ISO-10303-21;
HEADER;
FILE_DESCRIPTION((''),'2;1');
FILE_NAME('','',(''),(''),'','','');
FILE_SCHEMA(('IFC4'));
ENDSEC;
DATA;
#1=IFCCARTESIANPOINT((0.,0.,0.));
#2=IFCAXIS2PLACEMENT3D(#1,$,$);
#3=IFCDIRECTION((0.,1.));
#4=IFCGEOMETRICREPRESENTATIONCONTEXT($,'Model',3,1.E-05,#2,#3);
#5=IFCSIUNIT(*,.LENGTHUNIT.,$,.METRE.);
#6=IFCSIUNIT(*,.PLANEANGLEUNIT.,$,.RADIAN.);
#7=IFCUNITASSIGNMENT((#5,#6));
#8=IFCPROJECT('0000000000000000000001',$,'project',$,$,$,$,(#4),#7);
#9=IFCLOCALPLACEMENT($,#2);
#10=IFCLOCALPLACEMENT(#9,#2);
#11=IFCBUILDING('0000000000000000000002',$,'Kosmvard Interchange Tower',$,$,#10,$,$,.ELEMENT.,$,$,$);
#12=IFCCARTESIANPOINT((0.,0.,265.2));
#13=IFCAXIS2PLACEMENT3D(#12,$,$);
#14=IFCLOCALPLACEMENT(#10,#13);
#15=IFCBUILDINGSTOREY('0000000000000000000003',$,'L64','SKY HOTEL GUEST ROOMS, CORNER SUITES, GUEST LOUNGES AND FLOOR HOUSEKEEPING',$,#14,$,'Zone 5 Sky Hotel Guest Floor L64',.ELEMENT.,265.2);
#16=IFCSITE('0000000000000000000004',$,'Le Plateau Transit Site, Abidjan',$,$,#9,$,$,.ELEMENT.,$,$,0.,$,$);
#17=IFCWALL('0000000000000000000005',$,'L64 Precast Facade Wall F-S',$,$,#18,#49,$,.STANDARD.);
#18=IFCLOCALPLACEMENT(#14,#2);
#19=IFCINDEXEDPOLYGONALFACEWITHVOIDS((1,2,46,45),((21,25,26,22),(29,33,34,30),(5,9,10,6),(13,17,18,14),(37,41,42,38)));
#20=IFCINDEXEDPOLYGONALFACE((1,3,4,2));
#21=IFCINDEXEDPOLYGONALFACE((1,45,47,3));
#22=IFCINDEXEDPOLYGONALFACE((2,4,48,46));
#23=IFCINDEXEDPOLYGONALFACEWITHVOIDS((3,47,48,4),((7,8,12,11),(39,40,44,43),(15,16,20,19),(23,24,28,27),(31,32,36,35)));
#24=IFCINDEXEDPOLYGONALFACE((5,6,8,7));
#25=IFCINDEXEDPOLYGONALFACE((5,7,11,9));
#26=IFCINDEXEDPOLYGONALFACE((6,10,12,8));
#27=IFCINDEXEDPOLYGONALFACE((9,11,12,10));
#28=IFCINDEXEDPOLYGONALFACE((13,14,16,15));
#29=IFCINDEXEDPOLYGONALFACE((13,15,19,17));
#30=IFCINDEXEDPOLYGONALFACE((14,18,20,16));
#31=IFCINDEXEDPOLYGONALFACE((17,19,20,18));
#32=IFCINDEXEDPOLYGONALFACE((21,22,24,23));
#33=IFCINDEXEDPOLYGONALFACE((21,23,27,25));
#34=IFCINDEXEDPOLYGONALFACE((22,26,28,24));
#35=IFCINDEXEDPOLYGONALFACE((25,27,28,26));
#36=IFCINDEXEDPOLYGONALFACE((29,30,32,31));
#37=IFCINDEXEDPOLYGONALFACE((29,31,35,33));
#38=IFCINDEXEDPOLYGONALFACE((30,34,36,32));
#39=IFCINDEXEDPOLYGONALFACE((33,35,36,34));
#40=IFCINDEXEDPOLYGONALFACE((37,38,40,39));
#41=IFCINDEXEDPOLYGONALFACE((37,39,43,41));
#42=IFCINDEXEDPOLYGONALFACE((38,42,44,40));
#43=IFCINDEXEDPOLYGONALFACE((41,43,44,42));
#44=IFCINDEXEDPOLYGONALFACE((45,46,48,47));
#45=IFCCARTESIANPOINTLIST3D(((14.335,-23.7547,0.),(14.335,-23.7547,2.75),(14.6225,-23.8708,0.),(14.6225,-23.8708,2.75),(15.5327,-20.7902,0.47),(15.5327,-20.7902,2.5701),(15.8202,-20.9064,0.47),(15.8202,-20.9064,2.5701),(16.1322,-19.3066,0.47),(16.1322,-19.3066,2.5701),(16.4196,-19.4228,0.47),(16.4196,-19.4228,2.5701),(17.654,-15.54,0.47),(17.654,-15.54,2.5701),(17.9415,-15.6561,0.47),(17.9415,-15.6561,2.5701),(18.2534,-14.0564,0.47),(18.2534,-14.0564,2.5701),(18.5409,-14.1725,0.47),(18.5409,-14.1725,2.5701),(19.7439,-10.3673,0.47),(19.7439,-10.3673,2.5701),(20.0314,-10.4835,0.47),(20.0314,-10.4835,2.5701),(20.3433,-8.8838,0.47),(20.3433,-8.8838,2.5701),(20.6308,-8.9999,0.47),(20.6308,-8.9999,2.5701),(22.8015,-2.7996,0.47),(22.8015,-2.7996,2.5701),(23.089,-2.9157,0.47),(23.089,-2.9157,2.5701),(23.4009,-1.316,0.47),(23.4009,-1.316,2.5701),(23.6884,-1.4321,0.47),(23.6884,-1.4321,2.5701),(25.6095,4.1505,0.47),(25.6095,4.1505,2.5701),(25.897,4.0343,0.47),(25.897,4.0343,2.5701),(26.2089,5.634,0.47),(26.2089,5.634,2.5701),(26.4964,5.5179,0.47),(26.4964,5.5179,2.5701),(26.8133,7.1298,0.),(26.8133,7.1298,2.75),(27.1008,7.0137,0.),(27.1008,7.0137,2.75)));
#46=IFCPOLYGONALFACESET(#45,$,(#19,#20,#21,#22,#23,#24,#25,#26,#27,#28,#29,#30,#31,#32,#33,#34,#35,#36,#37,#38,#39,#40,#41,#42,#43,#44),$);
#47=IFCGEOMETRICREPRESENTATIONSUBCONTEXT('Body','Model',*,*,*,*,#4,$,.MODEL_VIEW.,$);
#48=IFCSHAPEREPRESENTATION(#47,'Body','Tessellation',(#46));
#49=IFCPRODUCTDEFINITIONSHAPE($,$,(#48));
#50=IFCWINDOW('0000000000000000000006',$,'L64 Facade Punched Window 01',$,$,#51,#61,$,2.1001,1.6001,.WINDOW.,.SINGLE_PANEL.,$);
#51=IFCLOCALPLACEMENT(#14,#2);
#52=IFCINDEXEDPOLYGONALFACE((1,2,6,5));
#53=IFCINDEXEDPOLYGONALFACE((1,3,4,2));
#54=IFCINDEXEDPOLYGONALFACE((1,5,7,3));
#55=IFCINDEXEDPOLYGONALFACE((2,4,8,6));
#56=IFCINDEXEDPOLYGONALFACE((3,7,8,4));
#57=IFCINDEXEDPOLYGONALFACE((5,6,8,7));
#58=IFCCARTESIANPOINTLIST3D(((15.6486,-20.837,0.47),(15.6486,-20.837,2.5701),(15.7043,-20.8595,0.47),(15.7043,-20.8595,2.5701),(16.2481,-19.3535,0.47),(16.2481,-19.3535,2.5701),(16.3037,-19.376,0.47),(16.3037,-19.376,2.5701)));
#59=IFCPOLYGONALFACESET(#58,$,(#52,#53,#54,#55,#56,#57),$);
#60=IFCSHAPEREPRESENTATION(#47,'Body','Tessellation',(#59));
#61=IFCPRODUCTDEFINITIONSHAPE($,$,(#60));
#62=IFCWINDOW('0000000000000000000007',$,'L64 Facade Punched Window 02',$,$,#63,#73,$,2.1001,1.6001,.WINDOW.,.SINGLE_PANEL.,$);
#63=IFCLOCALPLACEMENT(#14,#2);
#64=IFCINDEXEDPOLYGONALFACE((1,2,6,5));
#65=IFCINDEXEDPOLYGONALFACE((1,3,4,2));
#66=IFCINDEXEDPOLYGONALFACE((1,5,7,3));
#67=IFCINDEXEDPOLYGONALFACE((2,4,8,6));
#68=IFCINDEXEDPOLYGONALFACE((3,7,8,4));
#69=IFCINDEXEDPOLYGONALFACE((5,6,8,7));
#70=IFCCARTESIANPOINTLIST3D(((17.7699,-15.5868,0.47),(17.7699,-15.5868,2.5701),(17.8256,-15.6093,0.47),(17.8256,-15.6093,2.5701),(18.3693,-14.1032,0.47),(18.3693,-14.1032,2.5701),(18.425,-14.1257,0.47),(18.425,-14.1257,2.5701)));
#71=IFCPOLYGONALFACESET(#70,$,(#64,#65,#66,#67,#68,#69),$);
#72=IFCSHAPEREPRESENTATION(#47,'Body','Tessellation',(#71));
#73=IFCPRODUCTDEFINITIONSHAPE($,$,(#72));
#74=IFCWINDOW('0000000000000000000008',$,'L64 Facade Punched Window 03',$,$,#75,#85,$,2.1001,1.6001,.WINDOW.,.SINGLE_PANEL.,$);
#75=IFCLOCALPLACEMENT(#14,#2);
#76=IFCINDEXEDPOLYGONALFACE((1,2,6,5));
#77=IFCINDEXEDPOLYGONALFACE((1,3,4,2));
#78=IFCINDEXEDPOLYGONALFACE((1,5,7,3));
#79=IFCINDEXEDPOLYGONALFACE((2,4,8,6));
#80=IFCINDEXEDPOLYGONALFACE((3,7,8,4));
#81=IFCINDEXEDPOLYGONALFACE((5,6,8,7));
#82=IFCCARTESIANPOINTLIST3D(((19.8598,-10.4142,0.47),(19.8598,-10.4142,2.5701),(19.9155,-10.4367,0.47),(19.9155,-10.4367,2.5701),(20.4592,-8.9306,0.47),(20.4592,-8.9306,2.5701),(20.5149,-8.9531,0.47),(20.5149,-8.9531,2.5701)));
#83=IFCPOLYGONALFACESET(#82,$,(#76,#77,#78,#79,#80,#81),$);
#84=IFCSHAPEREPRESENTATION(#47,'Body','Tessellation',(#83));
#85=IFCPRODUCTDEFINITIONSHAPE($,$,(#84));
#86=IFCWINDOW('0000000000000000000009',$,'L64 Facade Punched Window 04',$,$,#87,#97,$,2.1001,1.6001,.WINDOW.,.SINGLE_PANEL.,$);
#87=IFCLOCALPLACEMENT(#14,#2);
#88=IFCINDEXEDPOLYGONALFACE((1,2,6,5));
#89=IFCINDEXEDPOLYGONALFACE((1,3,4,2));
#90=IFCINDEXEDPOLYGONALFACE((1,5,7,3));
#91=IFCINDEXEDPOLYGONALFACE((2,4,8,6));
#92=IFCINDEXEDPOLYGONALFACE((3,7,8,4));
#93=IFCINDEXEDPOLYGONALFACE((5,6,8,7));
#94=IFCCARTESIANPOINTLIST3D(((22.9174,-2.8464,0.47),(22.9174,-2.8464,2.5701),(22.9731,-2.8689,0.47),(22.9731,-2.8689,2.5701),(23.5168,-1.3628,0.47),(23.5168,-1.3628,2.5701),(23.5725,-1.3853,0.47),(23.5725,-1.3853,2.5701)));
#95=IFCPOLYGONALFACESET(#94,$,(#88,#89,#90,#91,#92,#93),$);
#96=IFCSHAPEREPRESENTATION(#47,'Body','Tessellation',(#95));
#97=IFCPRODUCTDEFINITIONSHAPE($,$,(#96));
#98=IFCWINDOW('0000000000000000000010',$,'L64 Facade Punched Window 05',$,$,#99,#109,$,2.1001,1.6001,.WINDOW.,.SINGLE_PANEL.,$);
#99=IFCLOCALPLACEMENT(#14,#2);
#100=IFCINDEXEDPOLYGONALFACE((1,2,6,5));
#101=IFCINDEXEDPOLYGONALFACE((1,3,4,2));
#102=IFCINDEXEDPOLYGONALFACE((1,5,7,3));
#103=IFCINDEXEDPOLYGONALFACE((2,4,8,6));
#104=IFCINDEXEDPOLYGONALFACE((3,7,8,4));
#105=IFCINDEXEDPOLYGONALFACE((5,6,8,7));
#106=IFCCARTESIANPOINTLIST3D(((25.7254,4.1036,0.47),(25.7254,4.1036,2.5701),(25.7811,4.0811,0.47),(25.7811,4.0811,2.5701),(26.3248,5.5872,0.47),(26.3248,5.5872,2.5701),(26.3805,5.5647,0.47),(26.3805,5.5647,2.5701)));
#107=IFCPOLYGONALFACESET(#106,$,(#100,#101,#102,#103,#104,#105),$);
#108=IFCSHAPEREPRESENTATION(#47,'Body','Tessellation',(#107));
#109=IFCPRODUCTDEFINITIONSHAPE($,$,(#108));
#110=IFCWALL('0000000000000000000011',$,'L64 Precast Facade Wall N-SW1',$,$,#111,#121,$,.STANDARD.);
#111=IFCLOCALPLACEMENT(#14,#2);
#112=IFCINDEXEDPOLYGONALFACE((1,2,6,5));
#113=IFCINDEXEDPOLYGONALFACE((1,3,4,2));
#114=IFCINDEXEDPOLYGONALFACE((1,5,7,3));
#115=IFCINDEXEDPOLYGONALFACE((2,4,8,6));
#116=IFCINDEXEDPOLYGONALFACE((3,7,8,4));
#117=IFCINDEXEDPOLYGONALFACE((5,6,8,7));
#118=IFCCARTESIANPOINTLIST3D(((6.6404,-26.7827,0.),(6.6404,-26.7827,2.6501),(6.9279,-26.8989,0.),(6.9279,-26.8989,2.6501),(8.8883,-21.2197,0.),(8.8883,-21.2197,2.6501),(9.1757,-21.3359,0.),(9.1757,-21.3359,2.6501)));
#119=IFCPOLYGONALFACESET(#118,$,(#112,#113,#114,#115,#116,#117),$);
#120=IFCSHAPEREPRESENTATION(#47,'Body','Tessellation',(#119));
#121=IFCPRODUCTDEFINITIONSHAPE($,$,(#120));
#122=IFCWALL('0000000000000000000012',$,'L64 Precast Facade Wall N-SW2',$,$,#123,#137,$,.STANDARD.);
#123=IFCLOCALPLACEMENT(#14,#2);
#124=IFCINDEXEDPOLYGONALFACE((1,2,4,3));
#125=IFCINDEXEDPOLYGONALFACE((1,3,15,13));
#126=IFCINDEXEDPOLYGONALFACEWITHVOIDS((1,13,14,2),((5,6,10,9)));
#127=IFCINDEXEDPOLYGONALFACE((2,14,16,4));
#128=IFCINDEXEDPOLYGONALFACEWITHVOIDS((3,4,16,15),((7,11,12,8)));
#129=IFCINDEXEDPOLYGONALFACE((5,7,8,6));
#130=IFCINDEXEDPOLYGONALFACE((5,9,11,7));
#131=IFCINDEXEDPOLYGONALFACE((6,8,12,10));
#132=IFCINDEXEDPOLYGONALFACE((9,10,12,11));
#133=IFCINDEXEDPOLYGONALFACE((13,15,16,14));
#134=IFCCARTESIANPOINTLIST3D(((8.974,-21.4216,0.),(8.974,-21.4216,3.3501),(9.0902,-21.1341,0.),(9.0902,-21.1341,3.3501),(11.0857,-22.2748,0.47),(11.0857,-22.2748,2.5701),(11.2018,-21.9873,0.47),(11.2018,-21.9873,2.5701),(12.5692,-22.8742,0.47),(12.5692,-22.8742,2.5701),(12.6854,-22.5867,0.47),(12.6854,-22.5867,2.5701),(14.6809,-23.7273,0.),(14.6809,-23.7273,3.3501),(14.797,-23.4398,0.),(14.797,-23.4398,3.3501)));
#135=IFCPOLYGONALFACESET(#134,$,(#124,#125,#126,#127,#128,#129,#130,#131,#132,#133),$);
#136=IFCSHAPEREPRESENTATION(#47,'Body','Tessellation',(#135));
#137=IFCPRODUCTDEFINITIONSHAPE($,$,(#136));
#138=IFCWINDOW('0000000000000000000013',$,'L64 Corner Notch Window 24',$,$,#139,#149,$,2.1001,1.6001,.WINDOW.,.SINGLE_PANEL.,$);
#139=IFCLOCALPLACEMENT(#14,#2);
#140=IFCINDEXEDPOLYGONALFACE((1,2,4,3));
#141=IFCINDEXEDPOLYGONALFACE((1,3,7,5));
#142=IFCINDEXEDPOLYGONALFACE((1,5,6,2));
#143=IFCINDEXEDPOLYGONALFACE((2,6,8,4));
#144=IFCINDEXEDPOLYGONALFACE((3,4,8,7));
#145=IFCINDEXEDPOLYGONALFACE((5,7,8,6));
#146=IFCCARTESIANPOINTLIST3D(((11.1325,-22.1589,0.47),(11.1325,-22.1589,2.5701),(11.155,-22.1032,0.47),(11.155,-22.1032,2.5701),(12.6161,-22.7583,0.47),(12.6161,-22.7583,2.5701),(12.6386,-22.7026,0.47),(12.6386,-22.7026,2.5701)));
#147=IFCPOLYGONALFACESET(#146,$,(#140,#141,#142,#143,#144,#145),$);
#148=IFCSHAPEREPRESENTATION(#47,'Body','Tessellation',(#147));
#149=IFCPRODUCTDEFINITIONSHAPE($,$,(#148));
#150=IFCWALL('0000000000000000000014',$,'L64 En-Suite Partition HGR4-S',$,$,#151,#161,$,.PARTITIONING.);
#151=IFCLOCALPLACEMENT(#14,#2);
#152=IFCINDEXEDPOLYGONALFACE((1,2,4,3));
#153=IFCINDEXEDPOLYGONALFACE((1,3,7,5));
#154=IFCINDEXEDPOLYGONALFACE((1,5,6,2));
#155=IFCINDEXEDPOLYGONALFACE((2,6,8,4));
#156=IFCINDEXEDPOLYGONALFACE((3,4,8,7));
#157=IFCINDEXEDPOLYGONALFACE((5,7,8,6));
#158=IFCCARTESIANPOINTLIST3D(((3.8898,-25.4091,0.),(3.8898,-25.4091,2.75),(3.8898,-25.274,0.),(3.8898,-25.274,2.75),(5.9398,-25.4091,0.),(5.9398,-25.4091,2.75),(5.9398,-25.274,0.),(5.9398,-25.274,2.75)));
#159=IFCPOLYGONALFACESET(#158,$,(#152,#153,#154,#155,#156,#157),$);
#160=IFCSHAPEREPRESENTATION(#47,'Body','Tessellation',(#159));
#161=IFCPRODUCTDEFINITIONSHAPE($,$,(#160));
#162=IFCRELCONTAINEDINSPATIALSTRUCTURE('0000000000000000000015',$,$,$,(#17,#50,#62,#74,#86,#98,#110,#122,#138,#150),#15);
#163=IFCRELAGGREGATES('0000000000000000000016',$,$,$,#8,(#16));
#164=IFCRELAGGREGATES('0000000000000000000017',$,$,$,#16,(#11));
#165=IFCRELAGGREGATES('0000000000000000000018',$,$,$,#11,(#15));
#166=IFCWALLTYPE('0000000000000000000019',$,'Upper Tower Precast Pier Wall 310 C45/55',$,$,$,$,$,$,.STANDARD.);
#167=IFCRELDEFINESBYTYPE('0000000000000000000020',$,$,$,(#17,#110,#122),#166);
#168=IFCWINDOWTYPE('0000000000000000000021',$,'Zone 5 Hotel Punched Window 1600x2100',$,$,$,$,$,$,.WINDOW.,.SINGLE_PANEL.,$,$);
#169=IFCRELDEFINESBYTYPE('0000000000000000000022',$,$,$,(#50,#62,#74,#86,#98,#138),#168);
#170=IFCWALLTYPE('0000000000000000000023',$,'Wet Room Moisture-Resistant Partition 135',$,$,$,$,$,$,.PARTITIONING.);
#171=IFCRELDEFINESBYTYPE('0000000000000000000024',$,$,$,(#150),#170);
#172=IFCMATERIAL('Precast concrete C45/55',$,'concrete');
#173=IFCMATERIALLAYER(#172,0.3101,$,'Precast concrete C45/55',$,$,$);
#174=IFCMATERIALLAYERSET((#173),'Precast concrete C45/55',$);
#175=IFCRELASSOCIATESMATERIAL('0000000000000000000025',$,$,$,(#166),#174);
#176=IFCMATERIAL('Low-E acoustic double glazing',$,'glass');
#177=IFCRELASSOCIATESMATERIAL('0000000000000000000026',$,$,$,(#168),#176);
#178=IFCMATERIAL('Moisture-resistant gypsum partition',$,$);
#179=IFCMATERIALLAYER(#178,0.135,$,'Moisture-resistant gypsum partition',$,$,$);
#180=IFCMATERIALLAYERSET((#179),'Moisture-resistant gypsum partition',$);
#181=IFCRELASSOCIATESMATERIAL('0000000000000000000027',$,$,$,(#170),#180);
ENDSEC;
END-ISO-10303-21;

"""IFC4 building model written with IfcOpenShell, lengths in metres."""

from ifc_helpers import new_model, si_unit, direction, frame, frame_2d, origin, place, context, subcontext, project, spatial, rectangle, extrude, source, transform, mapped, material, layer, layer_set, type_object, element, fill, save


model = new_model("IFC4")

# Units and contexts
model_context = context("Model", 3, precision=1e-05, world=origin(), true_north=direction((0.0, 1.0)))
body_context = subcontext(model_context, "Body", "Model", "MODEL_VIEW")
ifc_project = project(units=[si_unit("LENGTHUNIT", "METRE"), si_unit("PLANEANGLEUNIT", "RADIAN")], contexts=[model_context])

# Site, building, storey
site_placement = place(None, origin())
site = spatial("IfcSite", under=ifc_project, at=site_placement, Name="Le Plateau Transit Site, Abidjan", CompositionType="ELEMENT", RefElevation=0.0)
building_placement = place(site_placement, origin())
building = spatial("IfcBuilding", under=site, at=building_placement, Name="Kosmvard Interchange Tower", CompositionType="ELEMENT")
storey_placement = place(building_placement, frame((0.0, 0.0, 265.2)))
storey = spatial("IfcBuildingStorey", under=building, at=storey_placement, Name="L64", Description="SKY HOTEL GUEST ROOMS, CORNER SUITES, GUEST LOUNGES AND FLOOR HOUSEKEEPING", LongName="Zone 5 Sky Hotel Guest Floor L64", CompositionType="ELEMENT", Elevation=265.2)

# Shared definitions
ifc_material_1 = material(Name="Precast concrete C45/55", Category="concrete")

# Wall, openings, windows
ifc_layer_1 = layer(ifc_material_1, 0.3101, Name="Precast concrete C45/55")
ifc_layer_set_1 = layer_set([ifc_layer_1], Name="Precast concrete C45/55")
wall_type_1 = type_object("IfcWallType", Name="Upper Tower Precast Pier Wall 310 C45/55", PredefinedType="STANDARD", material=ifc_layer_set_1)
wall_1_placement = place(storey_placement, frame((14.4788, -23.8127, 0.0), z_axis=(0.0, 0.0, 1.0), x_axis=(0.37461, 0.927183, 0.0)))
wall_1 = element("IfcWall", 1, at=wall_1_placement, inside=storey, type_object=wall_type_1, Name="L64 Precast Facade Wall F-S", PredefinedType="STANDARD", context=body_context, shape_type="SweptSolid", body=[
    extrude(rectangle(XDim=33.3101, YDim=0.3101, at=frame_2d((16.655, 0.0))), origin(), (0.0, 0.0, 1.0), 2.75),
])
opening_1_placement = place(wall_1_placement, frame((3.1973, 0.0, 0.47)))
opening_1 = element("IfcOpeningElement", 2, at=opening_1_placement, cuts=wall_1, PredefinedType="OPENING", context=body_context, shape_type="SweptSolid", body=[
    extrude(rectangle(XDim=1.6001, YDim=2.1001, at=frame_2d((0.8, 1.05))), frame((0.0, 0.165, 0.0), z_axis=(0.0, -1.0, 0.0), x_axis=(1.0, 0.0, 0.0)), (0.0, 0.0, 1.0), 0.3301),
])
opening_2_placement = place(wall_1_placement, frame((8.8599, 0.0, 0.47)))
opening_2 = element("IfcOpeningElement", 3, at=opening_2_placement, cuts=wall_1, PredefinedType="OPENING", context=body_context, shape_type="SweptSolid", body=[
    extrude(rectangle(XDim=1.6001, YDim=2.1001, at=frame_2d((0.8, 1.05))), frame((0.0, 0.165, 0.0), z_axis=(0.0, -1.0, 0.0), x_axis=(1.0, 0.0, 0.0)), (0.0, 0.0, 1.0), 0.3301),
])
opening_3_placement = place(wall_1_placement, frame((14.4387, 0.0, 0.47)))
opening_3 = element("IfcOpeningElement", 4, at=opening_3_placement, cuts=wall_1, PredefinedType="OPENING", context=body_context, shape_type="SweptSolid", body=[
    extrude(rectangle(XDim=1.6001, YDim=2.1001, at=frame_2d((0.8, 1.05))), frame((0.0, 0.165, 0.0), z_axis=(0.0, -1.0, 0.0), x_axis=(1.0, 0.0, 0.0)), (0.0, 0.0, 1.0), 0.3301),
])
opening_4_placement = place(wall_1_placement, frame((22.6008, 0.0, 0.47)))
opening_4 = element("IfcOpeningElement", 5, at=opening_4_placement, cuts=wall_1, PredefinedType="OPENING", context=body_context, shape_type="SweptSolid", body=[
    extrude(rectangle(XDim=1.6001, YDim=2.1001, at=frame_2d((0.8, 1.05))), frame((0.0, 0.165, 0.0), z_axis=(0.0, -1.0, 0.0), x_axis=(1.0, 0.0, 0.0)), (0.0, 0.0, 1.0), 0.3301),
])
opening_5_placement = place(wall_1_placement, frame((30.0967, 0.0, 0.47)))
opening_5 = element("IfcOpeningElement", 6, at=opening_5_placement, cuts=wall_1, PredefinedType="OPENING", context=body_context, shape_type="SweptSolid", body=[
    extrude(rectangle(XDim=1.6001, YDim=2.1001, at=frame_2d((0.8, 1.05))), frame((0.0, 0.165, 0.0), z_axis=(0.0, -1.0, 0.0), x_axis=(1.0, 0.0, 0.0)), (0.0, 0.0, 1.0), 0.3301),
])
ifc_material_2 = material(Name="Low-E acoustic double glazing", Category="glass")
window_type = type_object("IfcWindowType", Name="Zone 5 Hotel Punched Window 1600x2100", PartitioningType="SINGLE_PANEL", PredefinedType="WINDOW", material=ifc_material_2)
shared_shape_1 = source(origin(), body_context, "Body", "SweptSolid", [
    extrude(rectangle(XDim=1.6001, YDim=2.1001, at=frame_2d((0.8, 1.05))), frame((0.0, 0.03, 0.0), z_axis=(0.0, -1.0, 0.0), x_axis=(1.0, 0.0, 0.0)), (0.0, 0.0, 1.0), 0.0601),
])
window_1_placement = place(opening_1_placement, origin())
window_1 = element("IfcWindow", 7, at=window_1_placement, inside=storey, type_object=window_type, Name="L64 Facade Punched Window 01", OverallHeight=2.1001, OverallWidth=1.6001, PartitioningType="SINGLE_PANEL", PredefinedType="WINDOW", context=body_context, shape_type="MappedRepresentation", body=[
    mapped(shared_shape_1, transform((0.0, 0.0, 0.0), scale=1.0)),
])
fill(opening_1, window_1)
window_2_placement = place(opening_2_placement, origin())
window_2 = element("IfcWindow", 8, at=window_2_placement, inside=storey, type_object=window_type, Name="L64 Facade Punched Window 02", OverallHeight=2.1001, OverallWidth=1.6001, PartitioningType="SINGLE_PANEL", PredefinedType="WINDOW", context=body_context, shape_type="MappedRepresentation", body=[
    mapped(shared_shape_1, transform((0.0, 0.0, 0.0), scale=1.0)),
])
fill(opening_2, window_2)
window_3_placement = place(opening_3_placement, origin())
window_3 = element("IfcWindow", 9, at=window_3_placement, inside=storey, type_object=window_type, Name="L64 Facade Punched Window 03", OverallHeight=2.1001, OverallWidth=1.6001, PartitioningType="SINGLE_PANEL", PredefinedType="WINDOW", context=body_context, shape_type="MappedRepresentation", body=[
    mapped(shared_shape_1, transform((0.0, 0.0, 0.0), scale=1.0)),
])
fill(opening_3, window_3)
window_4_placement = place(opening_4_placement, origin())
window_4 = element("IfcWindow", 10, at=window_4_placement, inside=storey, type_object=window_type, Name="L64 Facade Punched Window 04", OverallHeight=2.1001, OverallWidth=1.6001, PartitioningType="SINGLE_PANEL", PredefinedType="WINDOW", context=body_context, shape_type="MappedRepresentation", body=[
    mapped(shared_shape_1, transform((0.0, 0.0, 0.0), scale=1.0)),
])
fill(opening_4, window_4)
window_5_placement = place(opening_5_placement, origin())
window_5 = element("IfcWindow", 11, at=window_5_placement, inside=storey, type_object=window_type, Name="L64 Facade Punched Window 05", OverallHeight=2.1001, OverallWidth=1.6001, PartitioningType="SINGLE_PANEL", PredefinedType="WINDOW", context=body_context, shape_type="MappedRepresentation", body=[
    mapped(shared_shape_1, transform((0.0, 0.0, 0.0), scale=1.0)),
])
fill(opening_5, window_5)

# Wall
wall_2_placement = place(storey_placement, frame((6.7842, -26.8408, 0.0), z_axis=(0.0, 0.0, 1.0), x_axis=(0.374637, 0.927172, 0.0)))
element("IfcWall", 12, at=wall_2_placement, inside=storey, type_object=wall_type_1, Name="L64 Precast Facade Wall N-SW1", PredefinedType="STANDARD", context=body_context, shape_type="SweptSolid", body=[
    extrude(rectangle(XDim=6.0, YDim=0.3101, at=frame_2d((3.0, 0.0))), origin(), (0.0, 0.0, 1.0), 2.6501),
])

# Wall, opening, window
wall_3_placement = place(storey_placement, frame((9.032, -21.2778, 0.0), z_axis=(0.0, 0.0, 1.0), x_axis=(0.927185, -0.374603, 0.0)))
wall_3 = element("IfcWall", 13, at=wall_3_placement, inside=storey, type_object=wall_type_1, Name="L64 Precast Facade Wall N-SW2", PredefinedType="STANDARD", context=body_context, shape_type="SweptSolid", body=[
    extrude(rectangle(XDim=6.155, YDim=0.3101, at=frame_2d((3.0776, 0.0))), origin(), (0.0, 0.0, 1.0), 3.3501),
])
opening_6_placement = place(wall_3_placement, frame((2.2776, 0.0, 0.47)))
opening_6 = element("IfcOpeningElement", 14, at=opening_6_placement, cuts=wall_3, PredefinedType="OPENING", context=body_context, shape_type="SweptSolid", body=[
    extrude(rectangle(XDim=1.6001, YDim=2.1001, at=frame_2d((0.8, 1.05))), frame((0.0, 0.165, 0.0), z_axis=(0.0, -1.0, 0.0), x_axis=(1.0, 0.0, 0.0)), (0.0, 0.0, 1.0), 0.3301),
])
window_6_placement = place(opening_6_placement, origin())
window_6 = element("IfcWindow", 15, at=window_6_placement, inside=storey, type_object=window_type, Name="L64 Corner Notch Window 24", OverallHeight=2.1001, OverallWidth=1.6001, PartitioningType="SINGLE_PANEL", PredefinedType="WINDOW", context=body_context, shape_type="MappedRepresentation", body=[
    mapped(shared_shape_1, transform((0.0, 0.0, 0.0), scale=1.0)),
])
fill(opening_6, window_6)

# Wall
ifc_material_3 = material(Name="Moisture-resistant gypsum partition")
ifc_layer_2 = layer(ifc_material_3, 0.135, Name="Moisture-resistant gypsum partition")
ifc_layer_set_2 = layer_set([ifc_layer_2], Name="Moisture-resistant gypsum partition")
wall_type_2 = type_object("IfcWallType", Name="Wet Room Moisture-Resistant Partition 135", PredefinedType="PARTITIONING", material=ifc_layer_set_2)
wall_4_placement = place(storey_placement, frame((3.8899, -25.3416, 0.0), z_axis=(0.0, 0.0, 1.0), x_axis=(1.0, 0.0, 0.0)))
element("IfcWall", 16, at=wall_4_placement, inside=storey, type_object=wall_type_2, Name="L64 En-Suite Partition HGR4-S", PredefinedType="PARTITIONING", context=body_context, shape_type="SweptSolid", body=[
    extrude(rectangle(XDim=2.05, YDim=0.135, at=frame_2d((1.0249, 0.0))), origin(), (0.0, 0.0, 1.0), 2.75),
])

save(model, "model.ifc")
